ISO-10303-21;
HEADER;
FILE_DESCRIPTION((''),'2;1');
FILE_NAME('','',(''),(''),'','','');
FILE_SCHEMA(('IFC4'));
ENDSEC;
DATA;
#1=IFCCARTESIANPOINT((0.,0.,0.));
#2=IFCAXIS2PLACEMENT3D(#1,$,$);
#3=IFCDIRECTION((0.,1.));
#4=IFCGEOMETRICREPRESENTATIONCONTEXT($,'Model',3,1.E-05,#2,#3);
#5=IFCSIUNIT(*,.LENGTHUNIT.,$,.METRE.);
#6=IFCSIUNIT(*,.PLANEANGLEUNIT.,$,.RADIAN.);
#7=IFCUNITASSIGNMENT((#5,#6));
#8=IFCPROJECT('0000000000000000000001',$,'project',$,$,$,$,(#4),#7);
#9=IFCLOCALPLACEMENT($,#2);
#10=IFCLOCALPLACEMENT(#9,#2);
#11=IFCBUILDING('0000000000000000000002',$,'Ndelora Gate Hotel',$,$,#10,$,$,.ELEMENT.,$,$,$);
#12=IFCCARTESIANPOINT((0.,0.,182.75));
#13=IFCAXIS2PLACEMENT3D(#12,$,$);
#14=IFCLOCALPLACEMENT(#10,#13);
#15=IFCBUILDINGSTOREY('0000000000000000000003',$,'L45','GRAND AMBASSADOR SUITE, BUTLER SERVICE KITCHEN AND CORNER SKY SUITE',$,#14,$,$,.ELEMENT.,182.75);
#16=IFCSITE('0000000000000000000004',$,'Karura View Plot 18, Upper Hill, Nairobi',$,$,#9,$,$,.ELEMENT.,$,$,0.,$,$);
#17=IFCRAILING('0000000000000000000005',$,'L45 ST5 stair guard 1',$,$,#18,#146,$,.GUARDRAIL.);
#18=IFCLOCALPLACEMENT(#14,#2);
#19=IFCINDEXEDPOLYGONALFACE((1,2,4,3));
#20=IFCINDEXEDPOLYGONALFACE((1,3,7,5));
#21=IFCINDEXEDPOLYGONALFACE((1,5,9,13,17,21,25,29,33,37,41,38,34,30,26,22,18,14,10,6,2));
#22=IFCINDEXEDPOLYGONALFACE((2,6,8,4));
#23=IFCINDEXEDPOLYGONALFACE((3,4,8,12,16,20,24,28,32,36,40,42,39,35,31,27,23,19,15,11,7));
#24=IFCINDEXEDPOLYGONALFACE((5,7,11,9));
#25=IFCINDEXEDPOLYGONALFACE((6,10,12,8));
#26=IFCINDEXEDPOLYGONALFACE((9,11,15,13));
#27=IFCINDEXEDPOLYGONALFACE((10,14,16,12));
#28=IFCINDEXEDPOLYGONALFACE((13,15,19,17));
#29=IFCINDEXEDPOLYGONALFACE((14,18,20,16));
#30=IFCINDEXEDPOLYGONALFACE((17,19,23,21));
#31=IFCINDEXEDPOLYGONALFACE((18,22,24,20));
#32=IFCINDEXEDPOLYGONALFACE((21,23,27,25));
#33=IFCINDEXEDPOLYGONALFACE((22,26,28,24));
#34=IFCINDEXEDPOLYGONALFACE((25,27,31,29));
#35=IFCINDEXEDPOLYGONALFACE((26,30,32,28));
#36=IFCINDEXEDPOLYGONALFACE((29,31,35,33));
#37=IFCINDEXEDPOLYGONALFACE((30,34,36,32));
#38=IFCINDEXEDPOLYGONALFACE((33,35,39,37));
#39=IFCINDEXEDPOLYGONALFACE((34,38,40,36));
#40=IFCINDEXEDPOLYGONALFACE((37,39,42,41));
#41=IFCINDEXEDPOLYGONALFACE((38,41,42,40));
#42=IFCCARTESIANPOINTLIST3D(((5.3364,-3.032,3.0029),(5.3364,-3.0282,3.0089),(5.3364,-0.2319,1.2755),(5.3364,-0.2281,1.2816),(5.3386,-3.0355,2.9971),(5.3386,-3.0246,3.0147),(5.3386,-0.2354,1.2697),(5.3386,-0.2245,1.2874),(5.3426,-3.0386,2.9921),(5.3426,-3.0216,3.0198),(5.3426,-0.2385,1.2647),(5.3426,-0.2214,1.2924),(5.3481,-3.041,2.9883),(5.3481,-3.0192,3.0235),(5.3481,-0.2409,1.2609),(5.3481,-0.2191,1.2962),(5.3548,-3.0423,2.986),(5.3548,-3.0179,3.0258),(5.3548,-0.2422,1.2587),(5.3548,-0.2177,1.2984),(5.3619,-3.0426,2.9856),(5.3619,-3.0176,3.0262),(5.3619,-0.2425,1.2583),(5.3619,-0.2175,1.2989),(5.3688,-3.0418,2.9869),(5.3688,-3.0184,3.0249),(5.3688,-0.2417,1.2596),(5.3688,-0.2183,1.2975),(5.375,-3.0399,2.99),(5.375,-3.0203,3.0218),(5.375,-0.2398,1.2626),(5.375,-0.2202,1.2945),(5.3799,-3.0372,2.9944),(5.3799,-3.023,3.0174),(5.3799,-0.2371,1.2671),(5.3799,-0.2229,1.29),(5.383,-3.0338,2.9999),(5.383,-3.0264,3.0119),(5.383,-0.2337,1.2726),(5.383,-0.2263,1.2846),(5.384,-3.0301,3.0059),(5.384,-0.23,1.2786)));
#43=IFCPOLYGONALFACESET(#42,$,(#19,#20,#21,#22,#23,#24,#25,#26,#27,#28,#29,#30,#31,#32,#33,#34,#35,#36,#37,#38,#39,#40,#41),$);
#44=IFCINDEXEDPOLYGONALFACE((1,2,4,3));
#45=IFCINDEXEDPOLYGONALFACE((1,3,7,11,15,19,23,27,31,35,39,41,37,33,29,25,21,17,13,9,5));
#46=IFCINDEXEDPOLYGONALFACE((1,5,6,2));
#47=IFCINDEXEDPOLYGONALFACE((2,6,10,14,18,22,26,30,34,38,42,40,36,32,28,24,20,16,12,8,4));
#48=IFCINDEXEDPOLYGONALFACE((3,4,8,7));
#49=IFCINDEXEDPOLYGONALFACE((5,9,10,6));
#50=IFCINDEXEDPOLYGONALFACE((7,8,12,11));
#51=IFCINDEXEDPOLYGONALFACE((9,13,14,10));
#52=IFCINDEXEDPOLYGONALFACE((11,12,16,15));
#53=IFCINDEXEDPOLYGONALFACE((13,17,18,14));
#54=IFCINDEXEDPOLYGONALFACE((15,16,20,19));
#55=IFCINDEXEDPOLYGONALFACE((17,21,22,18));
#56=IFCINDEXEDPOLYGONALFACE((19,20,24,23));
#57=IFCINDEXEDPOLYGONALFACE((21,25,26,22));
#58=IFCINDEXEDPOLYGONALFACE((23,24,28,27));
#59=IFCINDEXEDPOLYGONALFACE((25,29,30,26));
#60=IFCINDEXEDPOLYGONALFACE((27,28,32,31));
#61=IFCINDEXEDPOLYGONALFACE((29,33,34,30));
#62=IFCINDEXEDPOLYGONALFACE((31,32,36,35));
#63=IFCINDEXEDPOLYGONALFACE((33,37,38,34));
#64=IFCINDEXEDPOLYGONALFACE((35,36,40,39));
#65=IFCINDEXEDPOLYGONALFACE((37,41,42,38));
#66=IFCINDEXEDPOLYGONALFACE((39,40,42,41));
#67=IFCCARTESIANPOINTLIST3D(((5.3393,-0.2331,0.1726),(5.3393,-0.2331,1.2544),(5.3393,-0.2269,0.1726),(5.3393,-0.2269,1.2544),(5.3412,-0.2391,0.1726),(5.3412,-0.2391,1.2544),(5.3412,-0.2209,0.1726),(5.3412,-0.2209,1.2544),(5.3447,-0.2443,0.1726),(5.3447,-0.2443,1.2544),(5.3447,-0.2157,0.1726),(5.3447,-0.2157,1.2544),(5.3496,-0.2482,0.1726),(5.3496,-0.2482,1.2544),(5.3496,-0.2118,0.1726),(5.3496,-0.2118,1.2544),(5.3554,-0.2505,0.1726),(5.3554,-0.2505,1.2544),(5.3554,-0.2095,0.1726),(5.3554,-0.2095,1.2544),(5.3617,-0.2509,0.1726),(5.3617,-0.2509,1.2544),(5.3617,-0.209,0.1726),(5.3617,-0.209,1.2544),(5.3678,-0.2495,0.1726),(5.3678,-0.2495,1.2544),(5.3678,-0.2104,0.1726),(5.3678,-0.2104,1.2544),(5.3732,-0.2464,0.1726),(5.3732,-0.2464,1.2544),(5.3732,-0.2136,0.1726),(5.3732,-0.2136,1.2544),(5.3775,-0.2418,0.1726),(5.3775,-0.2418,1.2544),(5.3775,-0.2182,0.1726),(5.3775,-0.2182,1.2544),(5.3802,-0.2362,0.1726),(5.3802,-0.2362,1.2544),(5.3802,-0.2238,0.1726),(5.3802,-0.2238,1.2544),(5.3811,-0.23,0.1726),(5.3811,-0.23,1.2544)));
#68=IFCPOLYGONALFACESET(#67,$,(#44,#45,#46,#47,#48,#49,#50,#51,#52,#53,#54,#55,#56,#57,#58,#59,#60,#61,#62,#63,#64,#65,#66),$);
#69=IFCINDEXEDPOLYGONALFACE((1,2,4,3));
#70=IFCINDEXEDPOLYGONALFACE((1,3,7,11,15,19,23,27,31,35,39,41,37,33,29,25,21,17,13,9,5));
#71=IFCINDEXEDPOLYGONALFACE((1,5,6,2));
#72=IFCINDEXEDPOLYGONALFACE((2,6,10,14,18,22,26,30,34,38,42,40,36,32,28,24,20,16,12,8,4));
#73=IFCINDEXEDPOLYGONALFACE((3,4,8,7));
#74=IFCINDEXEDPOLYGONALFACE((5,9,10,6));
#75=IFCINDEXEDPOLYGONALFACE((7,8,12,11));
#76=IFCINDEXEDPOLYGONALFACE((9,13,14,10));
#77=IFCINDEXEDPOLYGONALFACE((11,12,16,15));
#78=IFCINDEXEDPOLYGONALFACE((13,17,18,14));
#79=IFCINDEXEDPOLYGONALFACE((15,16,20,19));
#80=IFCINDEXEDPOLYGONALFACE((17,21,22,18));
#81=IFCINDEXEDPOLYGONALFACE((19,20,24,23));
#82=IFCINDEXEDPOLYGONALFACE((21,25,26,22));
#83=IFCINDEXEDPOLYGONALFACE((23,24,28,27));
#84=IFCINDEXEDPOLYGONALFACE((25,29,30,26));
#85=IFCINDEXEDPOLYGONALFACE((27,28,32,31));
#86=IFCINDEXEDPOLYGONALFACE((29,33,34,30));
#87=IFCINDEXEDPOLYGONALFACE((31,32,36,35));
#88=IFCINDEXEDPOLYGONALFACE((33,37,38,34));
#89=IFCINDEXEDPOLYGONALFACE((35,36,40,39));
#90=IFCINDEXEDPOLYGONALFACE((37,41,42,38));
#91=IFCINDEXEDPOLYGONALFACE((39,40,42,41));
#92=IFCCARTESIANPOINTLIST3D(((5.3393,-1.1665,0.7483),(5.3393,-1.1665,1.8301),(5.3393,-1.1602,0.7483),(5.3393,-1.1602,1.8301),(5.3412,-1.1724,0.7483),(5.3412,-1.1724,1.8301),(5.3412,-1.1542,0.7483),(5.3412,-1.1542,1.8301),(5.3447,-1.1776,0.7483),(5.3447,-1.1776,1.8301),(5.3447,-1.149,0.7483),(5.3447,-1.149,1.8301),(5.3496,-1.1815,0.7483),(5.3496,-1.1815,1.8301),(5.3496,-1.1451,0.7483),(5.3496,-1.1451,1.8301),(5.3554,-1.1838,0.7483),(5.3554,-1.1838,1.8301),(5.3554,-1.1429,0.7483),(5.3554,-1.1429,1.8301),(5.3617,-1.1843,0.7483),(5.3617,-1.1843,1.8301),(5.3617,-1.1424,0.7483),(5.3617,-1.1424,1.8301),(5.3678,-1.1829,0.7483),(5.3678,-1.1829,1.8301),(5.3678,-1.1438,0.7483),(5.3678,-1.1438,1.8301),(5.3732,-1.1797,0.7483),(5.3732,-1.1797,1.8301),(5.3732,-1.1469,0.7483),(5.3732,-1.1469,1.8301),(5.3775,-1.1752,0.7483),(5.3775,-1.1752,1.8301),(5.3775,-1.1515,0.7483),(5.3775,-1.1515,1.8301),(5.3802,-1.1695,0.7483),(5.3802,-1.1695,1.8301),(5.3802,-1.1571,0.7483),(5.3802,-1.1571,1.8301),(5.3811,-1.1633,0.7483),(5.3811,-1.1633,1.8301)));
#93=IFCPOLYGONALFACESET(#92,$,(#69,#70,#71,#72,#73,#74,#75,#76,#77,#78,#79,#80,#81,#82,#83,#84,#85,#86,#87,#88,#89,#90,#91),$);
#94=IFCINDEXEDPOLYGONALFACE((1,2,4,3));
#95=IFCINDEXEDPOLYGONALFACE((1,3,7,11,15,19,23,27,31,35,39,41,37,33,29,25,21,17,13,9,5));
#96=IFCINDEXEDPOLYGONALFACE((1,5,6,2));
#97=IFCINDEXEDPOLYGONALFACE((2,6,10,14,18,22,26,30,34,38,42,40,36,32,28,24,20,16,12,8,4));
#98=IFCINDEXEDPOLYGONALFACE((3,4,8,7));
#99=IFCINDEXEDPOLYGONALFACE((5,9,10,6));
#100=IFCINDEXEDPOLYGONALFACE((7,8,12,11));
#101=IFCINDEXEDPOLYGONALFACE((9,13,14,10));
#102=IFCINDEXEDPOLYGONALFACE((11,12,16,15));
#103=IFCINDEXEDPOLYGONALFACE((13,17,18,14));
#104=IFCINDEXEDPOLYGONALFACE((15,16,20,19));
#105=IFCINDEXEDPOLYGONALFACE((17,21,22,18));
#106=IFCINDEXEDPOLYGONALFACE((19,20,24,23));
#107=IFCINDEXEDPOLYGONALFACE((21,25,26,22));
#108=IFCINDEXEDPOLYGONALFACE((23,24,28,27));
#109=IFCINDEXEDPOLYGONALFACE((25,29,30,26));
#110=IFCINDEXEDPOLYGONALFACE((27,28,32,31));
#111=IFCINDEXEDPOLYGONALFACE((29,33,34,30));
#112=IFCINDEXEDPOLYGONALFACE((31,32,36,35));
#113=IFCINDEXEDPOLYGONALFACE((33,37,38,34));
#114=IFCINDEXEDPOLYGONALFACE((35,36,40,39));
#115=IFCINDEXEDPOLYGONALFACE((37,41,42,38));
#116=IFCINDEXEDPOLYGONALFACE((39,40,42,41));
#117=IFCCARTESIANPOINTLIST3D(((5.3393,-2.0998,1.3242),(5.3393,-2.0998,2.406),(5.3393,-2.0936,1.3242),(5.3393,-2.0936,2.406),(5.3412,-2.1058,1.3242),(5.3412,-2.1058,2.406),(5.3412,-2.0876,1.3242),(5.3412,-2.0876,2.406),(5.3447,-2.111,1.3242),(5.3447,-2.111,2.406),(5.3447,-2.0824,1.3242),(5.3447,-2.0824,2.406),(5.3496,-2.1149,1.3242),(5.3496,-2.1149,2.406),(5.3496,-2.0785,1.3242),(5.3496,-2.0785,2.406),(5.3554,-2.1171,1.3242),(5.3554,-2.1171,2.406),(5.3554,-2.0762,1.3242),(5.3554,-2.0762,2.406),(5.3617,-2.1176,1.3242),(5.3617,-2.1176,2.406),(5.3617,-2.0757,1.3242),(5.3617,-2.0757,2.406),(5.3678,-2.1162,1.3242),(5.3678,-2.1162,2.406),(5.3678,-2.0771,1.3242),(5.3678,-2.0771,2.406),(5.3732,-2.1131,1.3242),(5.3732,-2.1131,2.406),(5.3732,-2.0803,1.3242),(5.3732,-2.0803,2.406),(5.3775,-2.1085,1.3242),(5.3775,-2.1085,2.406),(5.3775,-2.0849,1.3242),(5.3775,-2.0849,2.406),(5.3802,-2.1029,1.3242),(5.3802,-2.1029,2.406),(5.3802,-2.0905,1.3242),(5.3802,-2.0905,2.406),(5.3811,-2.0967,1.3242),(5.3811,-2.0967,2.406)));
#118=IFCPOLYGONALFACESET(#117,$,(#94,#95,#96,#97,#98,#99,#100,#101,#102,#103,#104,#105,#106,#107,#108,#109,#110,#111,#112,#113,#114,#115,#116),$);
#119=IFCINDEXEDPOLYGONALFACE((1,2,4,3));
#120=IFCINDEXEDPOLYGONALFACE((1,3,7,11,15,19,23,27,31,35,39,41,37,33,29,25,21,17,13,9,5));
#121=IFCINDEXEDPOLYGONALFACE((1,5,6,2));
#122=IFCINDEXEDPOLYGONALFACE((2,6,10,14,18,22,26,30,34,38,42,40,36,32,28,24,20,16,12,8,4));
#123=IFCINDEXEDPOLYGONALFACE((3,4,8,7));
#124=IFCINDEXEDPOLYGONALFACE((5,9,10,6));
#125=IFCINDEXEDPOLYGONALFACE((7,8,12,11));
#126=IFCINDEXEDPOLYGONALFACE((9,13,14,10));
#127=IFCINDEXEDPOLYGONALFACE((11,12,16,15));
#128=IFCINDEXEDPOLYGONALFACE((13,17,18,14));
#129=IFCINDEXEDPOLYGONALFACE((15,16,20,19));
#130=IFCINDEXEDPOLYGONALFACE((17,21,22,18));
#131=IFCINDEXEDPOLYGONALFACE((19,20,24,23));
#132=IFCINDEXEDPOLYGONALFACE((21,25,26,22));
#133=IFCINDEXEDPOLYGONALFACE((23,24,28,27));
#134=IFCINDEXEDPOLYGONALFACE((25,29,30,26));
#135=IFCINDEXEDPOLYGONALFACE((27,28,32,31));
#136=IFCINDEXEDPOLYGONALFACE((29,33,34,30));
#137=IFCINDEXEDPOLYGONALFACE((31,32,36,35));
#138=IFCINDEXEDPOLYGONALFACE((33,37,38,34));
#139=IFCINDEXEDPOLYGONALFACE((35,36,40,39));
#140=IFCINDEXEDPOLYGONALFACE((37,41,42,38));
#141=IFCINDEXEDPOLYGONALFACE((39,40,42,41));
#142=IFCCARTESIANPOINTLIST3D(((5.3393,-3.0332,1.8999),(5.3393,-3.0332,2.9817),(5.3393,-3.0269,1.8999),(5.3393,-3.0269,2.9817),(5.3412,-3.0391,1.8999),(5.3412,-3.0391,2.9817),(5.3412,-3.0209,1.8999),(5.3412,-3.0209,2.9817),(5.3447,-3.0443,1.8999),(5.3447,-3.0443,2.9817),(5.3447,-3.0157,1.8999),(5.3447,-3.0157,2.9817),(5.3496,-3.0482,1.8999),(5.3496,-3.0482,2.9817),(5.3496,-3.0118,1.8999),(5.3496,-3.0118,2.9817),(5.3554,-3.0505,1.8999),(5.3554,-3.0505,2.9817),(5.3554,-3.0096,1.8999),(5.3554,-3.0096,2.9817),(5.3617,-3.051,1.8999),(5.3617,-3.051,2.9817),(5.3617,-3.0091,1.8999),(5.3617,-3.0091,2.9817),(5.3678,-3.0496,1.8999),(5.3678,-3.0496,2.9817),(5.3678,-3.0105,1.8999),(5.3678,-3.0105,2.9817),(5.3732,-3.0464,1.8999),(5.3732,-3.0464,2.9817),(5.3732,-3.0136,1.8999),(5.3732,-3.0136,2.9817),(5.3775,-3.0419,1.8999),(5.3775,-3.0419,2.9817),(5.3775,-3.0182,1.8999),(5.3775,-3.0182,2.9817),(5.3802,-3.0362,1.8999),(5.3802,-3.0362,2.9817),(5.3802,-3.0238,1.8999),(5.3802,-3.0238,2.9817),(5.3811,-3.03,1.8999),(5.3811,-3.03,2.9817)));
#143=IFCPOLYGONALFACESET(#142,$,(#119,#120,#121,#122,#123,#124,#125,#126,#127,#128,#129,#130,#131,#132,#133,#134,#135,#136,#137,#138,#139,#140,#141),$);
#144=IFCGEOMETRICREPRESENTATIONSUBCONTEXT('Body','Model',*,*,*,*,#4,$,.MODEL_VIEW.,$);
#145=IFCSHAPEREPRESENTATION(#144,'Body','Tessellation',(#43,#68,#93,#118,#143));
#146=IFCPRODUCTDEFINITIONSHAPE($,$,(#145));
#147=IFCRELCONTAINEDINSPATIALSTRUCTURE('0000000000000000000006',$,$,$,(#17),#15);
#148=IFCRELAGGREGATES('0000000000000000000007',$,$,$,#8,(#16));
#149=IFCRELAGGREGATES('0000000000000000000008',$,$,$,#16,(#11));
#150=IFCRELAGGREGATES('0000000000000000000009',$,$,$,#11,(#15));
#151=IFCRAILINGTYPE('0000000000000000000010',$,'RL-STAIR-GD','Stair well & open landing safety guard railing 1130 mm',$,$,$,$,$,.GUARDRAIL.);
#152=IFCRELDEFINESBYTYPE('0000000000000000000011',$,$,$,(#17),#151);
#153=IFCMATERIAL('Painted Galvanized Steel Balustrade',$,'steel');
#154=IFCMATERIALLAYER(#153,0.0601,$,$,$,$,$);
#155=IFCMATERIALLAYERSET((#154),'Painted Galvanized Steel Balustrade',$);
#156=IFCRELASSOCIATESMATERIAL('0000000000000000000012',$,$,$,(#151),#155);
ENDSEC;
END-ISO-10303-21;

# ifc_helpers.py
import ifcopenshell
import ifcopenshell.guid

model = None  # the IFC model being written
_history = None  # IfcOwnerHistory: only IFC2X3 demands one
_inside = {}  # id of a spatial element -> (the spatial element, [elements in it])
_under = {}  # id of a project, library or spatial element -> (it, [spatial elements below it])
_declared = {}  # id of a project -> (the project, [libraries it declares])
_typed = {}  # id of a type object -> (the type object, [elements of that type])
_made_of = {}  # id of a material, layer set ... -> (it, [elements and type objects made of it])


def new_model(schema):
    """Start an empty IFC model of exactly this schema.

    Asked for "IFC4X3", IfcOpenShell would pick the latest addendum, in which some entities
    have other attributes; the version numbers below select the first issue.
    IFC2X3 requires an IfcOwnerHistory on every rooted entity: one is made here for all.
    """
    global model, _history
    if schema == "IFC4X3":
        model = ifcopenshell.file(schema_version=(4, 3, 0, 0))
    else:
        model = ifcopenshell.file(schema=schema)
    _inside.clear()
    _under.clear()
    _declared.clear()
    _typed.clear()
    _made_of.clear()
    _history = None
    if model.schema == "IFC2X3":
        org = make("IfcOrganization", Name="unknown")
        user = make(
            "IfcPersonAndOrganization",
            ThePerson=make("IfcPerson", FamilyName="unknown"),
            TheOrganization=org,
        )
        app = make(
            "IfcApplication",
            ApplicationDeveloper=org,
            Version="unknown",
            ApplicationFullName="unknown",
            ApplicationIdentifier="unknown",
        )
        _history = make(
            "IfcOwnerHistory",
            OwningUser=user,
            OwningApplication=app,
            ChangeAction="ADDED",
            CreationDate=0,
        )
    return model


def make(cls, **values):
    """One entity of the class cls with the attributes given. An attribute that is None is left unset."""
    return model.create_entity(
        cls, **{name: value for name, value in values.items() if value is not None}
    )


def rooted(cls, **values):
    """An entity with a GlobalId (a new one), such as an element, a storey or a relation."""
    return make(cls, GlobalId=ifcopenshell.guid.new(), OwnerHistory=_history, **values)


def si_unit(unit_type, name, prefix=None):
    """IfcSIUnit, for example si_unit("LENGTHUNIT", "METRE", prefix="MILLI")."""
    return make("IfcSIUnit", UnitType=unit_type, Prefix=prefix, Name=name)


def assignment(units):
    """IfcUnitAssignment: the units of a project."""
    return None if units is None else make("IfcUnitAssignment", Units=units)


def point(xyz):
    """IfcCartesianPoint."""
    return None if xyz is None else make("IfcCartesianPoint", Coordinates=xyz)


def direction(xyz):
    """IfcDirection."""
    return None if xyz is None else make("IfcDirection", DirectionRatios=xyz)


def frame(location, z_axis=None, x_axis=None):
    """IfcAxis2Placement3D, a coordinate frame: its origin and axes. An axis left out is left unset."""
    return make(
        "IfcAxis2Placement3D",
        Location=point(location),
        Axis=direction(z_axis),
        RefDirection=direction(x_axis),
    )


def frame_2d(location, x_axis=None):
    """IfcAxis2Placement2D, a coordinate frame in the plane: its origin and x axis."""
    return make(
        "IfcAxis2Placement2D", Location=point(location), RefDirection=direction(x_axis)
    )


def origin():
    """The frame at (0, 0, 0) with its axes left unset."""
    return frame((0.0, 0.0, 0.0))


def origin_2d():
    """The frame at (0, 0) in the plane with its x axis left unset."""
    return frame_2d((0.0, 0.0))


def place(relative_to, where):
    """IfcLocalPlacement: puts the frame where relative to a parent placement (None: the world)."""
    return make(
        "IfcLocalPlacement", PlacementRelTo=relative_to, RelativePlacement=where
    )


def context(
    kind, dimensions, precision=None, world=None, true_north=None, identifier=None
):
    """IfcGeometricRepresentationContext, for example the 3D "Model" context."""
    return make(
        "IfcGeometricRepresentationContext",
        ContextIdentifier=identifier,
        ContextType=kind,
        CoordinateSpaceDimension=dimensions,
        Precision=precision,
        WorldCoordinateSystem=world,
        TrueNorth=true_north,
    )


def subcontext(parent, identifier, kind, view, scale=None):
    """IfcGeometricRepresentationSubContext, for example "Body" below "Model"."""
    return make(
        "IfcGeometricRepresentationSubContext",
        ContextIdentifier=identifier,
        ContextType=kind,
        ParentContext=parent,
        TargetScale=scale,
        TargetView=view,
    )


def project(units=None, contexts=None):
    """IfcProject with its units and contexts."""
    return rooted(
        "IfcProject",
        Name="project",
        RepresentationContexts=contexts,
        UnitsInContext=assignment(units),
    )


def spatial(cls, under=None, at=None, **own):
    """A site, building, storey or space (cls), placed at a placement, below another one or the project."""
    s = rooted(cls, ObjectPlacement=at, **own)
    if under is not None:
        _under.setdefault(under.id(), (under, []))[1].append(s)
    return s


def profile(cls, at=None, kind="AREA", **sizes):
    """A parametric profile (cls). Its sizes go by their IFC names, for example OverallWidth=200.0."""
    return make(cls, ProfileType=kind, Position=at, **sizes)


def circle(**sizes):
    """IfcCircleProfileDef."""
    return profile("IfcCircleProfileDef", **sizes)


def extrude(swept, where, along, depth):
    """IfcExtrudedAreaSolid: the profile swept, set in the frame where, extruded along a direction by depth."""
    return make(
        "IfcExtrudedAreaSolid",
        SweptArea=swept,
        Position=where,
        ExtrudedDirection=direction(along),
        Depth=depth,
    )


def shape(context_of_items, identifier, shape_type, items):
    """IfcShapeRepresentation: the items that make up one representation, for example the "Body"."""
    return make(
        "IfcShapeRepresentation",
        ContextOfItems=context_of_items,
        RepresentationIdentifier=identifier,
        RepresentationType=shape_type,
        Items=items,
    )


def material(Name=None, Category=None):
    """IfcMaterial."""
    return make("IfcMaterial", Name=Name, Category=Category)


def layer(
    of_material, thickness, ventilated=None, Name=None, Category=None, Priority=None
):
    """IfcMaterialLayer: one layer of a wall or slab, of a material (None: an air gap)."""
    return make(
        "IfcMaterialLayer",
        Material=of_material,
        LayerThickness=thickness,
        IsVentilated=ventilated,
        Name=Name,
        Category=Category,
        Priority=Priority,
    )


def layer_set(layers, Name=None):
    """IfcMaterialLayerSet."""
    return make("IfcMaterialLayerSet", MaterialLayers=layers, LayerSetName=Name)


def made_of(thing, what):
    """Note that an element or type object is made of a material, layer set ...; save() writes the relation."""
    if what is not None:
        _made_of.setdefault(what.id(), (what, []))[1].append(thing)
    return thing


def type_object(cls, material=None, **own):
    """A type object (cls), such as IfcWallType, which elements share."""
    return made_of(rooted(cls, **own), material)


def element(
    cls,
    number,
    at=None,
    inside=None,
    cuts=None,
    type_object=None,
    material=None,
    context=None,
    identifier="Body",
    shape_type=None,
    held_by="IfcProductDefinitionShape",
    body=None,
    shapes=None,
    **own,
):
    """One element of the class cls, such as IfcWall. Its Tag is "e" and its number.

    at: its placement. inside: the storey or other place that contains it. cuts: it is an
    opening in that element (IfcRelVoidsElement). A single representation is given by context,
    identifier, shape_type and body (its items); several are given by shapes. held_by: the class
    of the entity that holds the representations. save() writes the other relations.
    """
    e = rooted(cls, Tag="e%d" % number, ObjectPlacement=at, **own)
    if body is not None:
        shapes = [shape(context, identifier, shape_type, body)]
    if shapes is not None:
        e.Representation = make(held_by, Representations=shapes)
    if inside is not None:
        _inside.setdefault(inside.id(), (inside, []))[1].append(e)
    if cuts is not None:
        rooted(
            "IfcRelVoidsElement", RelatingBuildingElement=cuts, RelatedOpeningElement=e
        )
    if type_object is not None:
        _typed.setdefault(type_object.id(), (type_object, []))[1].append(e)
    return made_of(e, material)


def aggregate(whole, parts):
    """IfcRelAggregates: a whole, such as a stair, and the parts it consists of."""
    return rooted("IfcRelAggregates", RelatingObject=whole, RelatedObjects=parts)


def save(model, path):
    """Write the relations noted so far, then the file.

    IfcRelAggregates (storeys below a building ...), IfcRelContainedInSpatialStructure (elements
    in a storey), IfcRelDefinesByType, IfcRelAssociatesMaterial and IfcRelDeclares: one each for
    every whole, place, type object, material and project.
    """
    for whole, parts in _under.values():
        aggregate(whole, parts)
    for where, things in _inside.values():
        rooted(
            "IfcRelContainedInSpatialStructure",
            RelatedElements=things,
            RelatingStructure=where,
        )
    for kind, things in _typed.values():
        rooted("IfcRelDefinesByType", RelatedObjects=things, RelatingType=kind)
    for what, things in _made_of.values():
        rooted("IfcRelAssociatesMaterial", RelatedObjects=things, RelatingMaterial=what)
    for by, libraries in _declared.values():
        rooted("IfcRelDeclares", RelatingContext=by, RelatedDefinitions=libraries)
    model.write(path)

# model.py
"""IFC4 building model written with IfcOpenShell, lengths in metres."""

from ifc_helpers import new_model, si_unit, direction, frame, origin, origin_2d, place, context, subcontext, project, spatial, circle, extrude, material, layer, layer_set, type_object, element, save


model = new_model("IFC4")

# Units and contexts
model_context = context("Model", 3, precision=1e-05, world=origin(), true_north=direction((0.0, 1.0)))
body_context = subcontext(model_context, "Body", "Model", "MODEL_VIEW")
ifc_project = project(units=[si_unit("LENGTHUNIT", "METRE"), si_unit("PLANEANGLEUNIT", "RADIAN")], contexts=[model_context])

# Site, building, storey
site_placement = place(None, origin())
site = spatial("IfcSite", under=ifc_project, at=site_placement, Name="Karura View Plot 18, Upper Hill, Nairobi", CompositionType="ELEMENT", RefElevation=0.0)
building_placement = place(site_placement, origin())
building = spatial("IfcBuilding", under=site, at=building_placement, Name="Ndelora Gate Hotel", CompositionType="ELEMENT")
storey_placement = place(building_placement, frame((0.0, 0.0, 182.75)))
storey = spatial("IfcBuildingStorey", under=building, at=storey_placement, Name="L45", Description="GRAND AMBASSADOR SUITE, BUTLER SERVICE KITCHEN AND CORNER SKY SUITE", CompositionType="ELEMENT", Elevation=182.75)

# Railing
ifc_material_1 = material(Name="Painted Galvanized Steel Balustrade", Category="steel")
ifc_layer_1 = layer(ifc_material_1, 0.0601)
ifc_layer_set_1 = layer_set([ifc_layer_1], Name="Painted Galvanized Steel Balustrade")
railing_type_1 = type_object("IfcRailingType", Name="RL-STAIR-GD", Description="Stair well & open landing safety guard railing 1130 mm", PredefinedType="GUARDRAIL", material=ifc_layer_set_1)
railing_1_placement = place(storey_placement, frame((5.3601, -0.23, 0.1726)))
element("IfcRailing", 1, at=railing_1_placement, inside=storey, type_object=railing_type_1, Name="L45 ST5 stair guard 1", PredefinedType="GUARDRAIL", context=body_context, shape_type="SweptSolid", body=[
    extrude(circle(Radius=0.0239, at=origin_2d()), frame((0.0, 0.0, 1.106), z_axis=(0.0, -0.85109, 0.52502), x_axis=(1.0, 0.0, 0.0)), (0.0, 0.0, 1.0), 3.29),
    extrude(circle(Radius=0.021, at=origin_2d()), origin(), (0.0, 0.0, 1.0), 1.0818),
    extrude(circle(Radius=0.021, at=origin_2d()), frame((0.0, -0.9333, 0.5757)), (0.0, 0.0, 1.0), 1.0818),
    extrude(circle(Radius=0.021, at=origin_2d()), frame((0.0, -1.8667, 1.1516)), (0.0, 0.0, 1.0), 1.0818),
    extrude(circle(Radius=0.021, at=origin_2d()), frame((0.0, -2.8, 1.7273)), (0.0, 0.0, 1.0), 1.0818),
])

save(model, "model.ifc")
